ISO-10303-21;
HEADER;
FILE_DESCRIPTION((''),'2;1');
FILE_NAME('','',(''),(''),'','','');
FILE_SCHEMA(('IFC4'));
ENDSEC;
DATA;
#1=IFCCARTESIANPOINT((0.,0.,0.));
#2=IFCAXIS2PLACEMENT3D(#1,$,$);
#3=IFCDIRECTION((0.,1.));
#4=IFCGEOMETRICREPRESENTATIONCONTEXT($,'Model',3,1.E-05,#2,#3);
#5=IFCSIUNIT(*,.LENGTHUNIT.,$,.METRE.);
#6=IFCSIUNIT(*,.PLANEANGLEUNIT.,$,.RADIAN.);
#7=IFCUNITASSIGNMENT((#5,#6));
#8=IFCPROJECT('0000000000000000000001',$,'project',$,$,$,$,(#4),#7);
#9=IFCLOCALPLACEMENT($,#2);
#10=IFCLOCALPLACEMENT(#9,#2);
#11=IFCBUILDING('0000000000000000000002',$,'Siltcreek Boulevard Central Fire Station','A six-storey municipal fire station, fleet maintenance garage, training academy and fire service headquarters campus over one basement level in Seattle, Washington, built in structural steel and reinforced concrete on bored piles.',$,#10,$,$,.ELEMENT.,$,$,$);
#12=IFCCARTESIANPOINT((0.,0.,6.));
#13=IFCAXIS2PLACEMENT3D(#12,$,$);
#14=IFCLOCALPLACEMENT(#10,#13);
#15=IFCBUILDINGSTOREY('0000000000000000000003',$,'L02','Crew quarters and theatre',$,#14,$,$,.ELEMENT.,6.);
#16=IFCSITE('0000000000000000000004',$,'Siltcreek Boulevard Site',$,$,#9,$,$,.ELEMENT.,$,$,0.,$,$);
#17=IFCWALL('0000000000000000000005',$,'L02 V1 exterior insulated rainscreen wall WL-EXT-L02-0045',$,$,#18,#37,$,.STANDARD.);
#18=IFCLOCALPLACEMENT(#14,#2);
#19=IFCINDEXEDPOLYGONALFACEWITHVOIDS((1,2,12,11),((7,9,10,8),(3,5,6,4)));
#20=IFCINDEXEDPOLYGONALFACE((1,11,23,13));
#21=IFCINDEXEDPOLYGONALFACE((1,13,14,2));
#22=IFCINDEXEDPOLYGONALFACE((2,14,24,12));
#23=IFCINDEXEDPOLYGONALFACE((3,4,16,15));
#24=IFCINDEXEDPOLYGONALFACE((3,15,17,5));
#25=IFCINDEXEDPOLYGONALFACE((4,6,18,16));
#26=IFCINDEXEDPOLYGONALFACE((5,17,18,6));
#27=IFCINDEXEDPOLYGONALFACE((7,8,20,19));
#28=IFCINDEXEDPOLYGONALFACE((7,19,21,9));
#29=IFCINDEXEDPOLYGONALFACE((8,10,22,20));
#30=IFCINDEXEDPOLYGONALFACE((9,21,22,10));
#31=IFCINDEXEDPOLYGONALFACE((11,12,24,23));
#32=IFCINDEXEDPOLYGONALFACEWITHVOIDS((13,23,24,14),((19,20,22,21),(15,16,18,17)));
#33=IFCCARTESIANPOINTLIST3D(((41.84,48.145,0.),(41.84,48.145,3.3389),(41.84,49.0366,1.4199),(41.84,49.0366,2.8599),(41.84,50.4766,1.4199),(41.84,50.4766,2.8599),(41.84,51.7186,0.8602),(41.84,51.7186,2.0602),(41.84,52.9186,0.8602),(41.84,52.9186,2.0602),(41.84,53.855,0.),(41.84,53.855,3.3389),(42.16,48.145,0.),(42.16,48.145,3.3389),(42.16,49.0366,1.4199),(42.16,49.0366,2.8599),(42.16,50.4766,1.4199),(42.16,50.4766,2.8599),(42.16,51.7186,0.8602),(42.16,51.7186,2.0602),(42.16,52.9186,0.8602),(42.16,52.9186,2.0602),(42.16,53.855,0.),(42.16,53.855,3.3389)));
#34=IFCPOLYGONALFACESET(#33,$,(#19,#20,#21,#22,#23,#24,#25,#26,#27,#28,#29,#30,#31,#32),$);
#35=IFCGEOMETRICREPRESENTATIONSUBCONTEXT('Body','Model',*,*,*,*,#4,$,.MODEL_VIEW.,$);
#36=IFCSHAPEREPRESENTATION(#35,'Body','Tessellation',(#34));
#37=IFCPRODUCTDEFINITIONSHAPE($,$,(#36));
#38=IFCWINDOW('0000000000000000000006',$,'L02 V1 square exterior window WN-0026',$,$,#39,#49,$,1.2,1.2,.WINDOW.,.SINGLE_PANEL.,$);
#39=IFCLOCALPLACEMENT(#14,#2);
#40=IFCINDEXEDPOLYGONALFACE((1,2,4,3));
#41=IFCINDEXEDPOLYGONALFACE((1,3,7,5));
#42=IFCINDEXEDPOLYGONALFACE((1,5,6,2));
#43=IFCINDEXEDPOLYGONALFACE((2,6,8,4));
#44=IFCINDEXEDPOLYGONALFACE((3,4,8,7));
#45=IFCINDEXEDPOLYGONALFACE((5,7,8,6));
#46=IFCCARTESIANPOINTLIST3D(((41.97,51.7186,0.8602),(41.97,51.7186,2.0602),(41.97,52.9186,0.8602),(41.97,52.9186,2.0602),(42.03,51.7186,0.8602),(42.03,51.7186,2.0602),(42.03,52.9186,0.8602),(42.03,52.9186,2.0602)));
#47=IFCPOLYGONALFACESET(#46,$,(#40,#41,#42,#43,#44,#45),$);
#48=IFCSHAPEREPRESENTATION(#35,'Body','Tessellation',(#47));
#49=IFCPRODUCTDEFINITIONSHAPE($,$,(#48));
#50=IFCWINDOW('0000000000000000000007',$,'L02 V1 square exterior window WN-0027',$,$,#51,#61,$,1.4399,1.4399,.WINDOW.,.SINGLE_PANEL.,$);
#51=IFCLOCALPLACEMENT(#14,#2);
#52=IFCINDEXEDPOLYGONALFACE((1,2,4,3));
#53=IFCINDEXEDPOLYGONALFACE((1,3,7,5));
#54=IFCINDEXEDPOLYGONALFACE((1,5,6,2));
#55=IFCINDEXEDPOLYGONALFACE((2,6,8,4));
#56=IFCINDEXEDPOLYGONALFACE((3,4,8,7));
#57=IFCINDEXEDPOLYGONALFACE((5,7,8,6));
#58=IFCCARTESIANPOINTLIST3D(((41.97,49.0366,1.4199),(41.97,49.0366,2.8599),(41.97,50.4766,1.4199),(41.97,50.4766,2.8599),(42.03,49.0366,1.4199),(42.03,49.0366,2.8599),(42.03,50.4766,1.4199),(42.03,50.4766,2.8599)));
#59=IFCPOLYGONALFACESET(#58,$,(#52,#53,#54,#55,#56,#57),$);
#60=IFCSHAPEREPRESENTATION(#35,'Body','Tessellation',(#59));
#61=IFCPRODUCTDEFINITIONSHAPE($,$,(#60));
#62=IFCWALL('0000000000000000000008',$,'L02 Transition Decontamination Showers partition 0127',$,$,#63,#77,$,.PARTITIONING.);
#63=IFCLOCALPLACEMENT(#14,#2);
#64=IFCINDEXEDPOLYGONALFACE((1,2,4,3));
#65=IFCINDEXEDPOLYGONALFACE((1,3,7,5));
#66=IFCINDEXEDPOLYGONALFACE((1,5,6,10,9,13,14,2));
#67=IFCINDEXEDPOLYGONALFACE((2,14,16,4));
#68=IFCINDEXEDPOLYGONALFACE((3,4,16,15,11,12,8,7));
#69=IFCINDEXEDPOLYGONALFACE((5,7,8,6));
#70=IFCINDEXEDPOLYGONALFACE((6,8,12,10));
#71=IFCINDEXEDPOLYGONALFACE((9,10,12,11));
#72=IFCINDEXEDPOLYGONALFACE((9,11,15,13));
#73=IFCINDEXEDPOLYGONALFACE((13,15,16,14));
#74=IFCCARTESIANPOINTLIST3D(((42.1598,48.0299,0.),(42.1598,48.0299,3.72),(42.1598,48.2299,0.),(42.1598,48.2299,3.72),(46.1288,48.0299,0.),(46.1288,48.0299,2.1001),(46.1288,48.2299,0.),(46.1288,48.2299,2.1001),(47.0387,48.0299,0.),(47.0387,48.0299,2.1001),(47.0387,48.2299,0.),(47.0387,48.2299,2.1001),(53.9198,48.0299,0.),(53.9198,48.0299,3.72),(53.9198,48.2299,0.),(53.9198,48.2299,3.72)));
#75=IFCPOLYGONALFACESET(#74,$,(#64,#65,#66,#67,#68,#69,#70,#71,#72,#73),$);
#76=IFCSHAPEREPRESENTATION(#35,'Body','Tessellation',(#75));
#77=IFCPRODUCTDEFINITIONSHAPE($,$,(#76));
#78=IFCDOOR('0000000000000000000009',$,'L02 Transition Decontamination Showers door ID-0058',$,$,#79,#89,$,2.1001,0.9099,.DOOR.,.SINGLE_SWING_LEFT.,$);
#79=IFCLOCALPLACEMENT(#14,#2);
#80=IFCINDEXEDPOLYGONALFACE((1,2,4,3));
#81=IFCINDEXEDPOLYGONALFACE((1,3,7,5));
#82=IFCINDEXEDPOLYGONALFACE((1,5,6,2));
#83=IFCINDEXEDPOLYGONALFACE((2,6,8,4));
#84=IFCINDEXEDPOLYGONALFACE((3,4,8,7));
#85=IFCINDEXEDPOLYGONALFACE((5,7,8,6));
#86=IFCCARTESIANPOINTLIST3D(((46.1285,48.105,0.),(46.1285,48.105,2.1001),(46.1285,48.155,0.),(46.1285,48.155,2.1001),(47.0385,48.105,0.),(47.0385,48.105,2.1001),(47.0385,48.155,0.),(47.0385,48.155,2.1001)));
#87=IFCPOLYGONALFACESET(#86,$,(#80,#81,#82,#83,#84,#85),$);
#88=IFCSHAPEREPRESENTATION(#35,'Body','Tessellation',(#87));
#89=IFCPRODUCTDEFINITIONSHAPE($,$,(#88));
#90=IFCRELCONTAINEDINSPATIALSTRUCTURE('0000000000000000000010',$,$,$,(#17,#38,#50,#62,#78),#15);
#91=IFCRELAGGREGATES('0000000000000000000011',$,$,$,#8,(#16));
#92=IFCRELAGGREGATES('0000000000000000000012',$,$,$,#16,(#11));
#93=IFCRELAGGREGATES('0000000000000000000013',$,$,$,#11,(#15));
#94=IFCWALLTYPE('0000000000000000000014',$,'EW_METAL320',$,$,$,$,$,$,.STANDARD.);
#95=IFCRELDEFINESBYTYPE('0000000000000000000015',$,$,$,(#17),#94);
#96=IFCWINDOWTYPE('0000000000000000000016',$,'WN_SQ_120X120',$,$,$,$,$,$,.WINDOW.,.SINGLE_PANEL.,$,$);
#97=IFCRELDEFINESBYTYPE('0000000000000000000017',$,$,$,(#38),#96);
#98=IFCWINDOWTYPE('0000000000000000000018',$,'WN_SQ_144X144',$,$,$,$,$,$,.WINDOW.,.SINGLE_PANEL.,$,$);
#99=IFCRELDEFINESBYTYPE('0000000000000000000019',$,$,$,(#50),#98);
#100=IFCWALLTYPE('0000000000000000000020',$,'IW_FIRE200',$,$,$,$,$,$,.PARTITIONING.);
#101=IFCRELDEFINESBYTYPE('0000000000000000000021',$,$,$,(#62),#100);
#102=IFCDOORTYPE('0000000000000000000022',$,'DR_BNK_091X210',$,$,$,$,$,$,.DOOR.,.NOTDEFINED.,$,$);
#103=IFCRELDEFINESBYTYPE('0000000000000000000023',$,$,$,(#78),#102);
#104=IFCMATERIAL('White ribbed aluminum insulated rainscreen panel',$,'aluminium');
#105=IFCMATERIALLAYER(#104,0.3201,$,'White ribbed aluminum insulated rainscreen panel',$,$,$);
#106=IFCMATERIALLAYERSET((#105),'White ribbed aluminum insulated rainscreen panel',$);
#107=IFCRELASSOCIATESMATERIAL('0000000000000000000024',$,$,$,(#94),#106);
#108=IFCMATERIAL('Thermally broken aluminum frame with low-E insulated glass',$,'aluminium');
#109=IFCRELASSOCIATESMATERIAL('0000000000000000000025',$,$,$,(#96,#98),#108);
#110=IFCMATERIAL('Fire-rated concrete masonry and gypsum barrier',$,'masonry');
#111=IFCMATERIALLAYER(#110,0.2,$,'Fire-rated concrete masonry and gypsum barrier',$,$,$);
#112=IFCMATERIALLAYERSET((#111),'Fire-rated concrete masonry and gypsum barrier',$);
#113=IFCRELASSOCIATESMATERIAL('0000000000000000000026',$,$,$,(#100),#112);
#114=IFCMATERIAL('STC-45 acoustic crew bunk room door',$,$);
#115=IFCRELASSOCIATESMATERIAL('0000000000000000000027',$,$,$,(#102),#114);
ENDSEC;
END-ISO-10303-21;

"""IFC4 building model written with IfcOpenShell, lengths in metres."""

from ifc_helpers import new_model, si_unit, direction, frame, frame_2d, origin, place, context, subcontext, project, spatial, rectangle, extrude, material, layer, layer_set, type_object, element, fill, save


model = new_model("IFC4")

# Units and contexts
model_context = context("Model", 3, precision=1e-05, world=origin(), true_north=direction((0.0, 1.0)))
body_context = subcontext(model_context, "Body", "Model", "MODEL_VIEW")
ifc_project = project(units=[si_unit("LENGTHUNIT", "METRE"), si_unit("PLANEANGLEUNIT", "RADIAN")], contexts=[model_context])

# Site, building, storey
site_placement = place(None, origin())
site = spatial("IfcSite", under=ifc_project, at=site_placement, Name="Siltcreek Boulevard Site", CompositionType="ELEMENT", RefElevation=0.0)
building_placement = place(site_placement, origin())
building = spatial("IfcBuilding", under=site, at=building_placement, Name="Siltcreek Boulevard Central Fire Station", Description="A six-storey municipal fire station, fleet maintenance garage, training academy and fire service headquarters campus over one basement level in Seattle, Washington, built in structural steel and reinforced concrete on bored piles.", CompositionType="ELEMENT")
storey_placement = place(building_placement, frame((0.0, 0.0, 6.0)))
storey = spatial("IfcBuildingStorey", under=building, at=storey_placement, Name="L02", Description="Crew quarters and theatre", CompositionType="ELEMENT", Elevation=6.0)

# Wall, openings, windows
ifc_material_1 = material(Name="White ribbed aluminum insulated rainscreen panel", Category="aluminium")
ifc_layer_1 = layer(ifc_material_1, 0.3201, Name="White ribbed aluminum insulated rainscreen panel")
ifc_layer_set_1 = layer_set([ifc_layer_1], Name="White ribbed aluminum insulated rainscreen panel")
wall_type_1 = type_object("IfcWallType", Name="EW_METAL320", PredefinedType="STANDARD", material=ifc_layer_set_1)
ifc_material_2 = material(Name="Thermally broken aluminum frame with low-E insulated glass", Category="aluminium")
wall_1_placement = place(storey_placement, frame((42.0, 53.855, 0.0), z_axis=(0.0, 0.0, 1.0), x_axis=(0.0, -1.0, 0.0)))
wall_1 = element("IfcWall", 1, at=wall_1_placement, inside=storey, type_object=wall_type_1, Name="L02 V1 exterior insulated rainscreen wall WL-EXT-L02-0045", PredefinedType="STANDARD", context=body_context, shape_type="SweptSolid", body=[
    extrude(rectangle(XDim=5.71, YDim=0.3201, at=frame_2d((2.855, 0.0))), origin(), (0.0, 0.0, 1.0), 3.3389),
])
opening_1_placement = place(wall_1_placement, frame((0.9363, 0.0, 0.8601)))
opening_1 = element("IfcOpeningElement", 2, at=opening_1_placement, cuts=wall_1, PredefinedType="OPENING", context=body_context, shape_type="SweptSolid", body=[
    extrude(rectangle(XDim=1.2, YDim=1.2, at=frame_2d((0.6001, 0.6001))), frame((0.0, 0.1699, 0.0), z_axis=(0.0, -1.0, 0.0), x_axis=(1.0, 0.0, 0.0)), (0.0, 0.0, 1.0), 0.3401),
])
opening_2_placement = place(wall_1_placement, frame((3.3784, 0.0, 1.4199)))
opening_2 = element("IfcOpeningElement", 3, at=opening_2_placement, cuts=wall_1, PredefinedType="OPENING", context=body_context, shape_type="SweptSolid", body=[
    extrude(rectangle(XDim=1.4399, YDim=1.4399, at=frame_2d((0.72, 0.72))), frame((0.0, 0.1699, 0.0), z_axis=(0.0, -1.0, 0.0), x_axis=(1.0, 0.0, 0.0)), (0.0, 0.0, 1.0), 0.3401),
])
window_type_1 = type_object("IfcWindowType", Name="WN_SQ_120X120", PartitioningType="SINGLE_PANEL", PredefinedType="WINDOW", material=ifc_material_2)
window_1_placement = place(opening_1_placement, origin())
window_1 = element("IfcWindow", 4, at=window_1_placement, inside=storey, type_object=window_type_1, Name="L02 V1 square exterior window WN-0026", OverallHeight=1.2, OverallWidth=1.2, PartitioningType="SINGLE_PANEL", PredefinedType="WINDOW", context=body_context, shape_type="SweptSolid", body=[
    extrude(rectangle(XDim=1.2, YDim=1.2, at=frame_2d((0.6001, 0.6001))), frame((0.0, 0.03, 0.0), z_axis=(0.0, -1.0, 0.0), x_axis=(1.0, 0.0, 0.0)), (0.0, 0.0, 1.0), 0.0601),
])
fill(opening_1, window_1)
window_type_2 = type_object("IfcWindowType", Name="WN_SQ_144X144", PartitioningType="SINGLE_PANEL", PredefinedType="WINDOW", material=ifc_material_2)
window_2_placement = place(opening_2_placement, origin())
window_2 = element("IfcWindow", 5, at=window_2_placement, inside=storey, type_object=window_type_2, Name="L02 V1 square exterior window WN-0027", OverallHeight=1.4399, OverallWidth=1.4399, PartitioningType="SINGLE_PANEL", PredefinedType="WINDOW", context=body_context, shape_type="SweptSolid", body=[
    extrude(rectangle(XDim=1.4399, YDim=1.4399, at=frame_2d((0.72, 0.72))), frame((0.0, 0.03, 0.0), z_axis=(0.0, -1.0, 0.0), x_axis=(1.0, 0.0, 0.0)), (0.0, 0.0, 1.0), 0.0601),
])
fill(opening_2, window_2)

# Wall, opening, door
ifc_material_3 = material(Name="Fire-rated concrete masonry and gypsum barrier", Category="masonry")
ifc_layer_2 = layer(ifc_material_3, 0.2, Name="Fire-rated concrete masonry and gypsum barrier")
ifc_layer_set_2 = layer_set([ifc_layer_2], Name="Fire-rated concrete masonry and gypsum barrier")
wall_type_2 = type_object("IfcWallType", Name="IW_FIRE200", PredefinedType="PARTITIONING", material=ifc_layer_set_2)
wall_2_placement = place(storey_placement, frame((42.1599, 48.1299, 0.0), z_axis=(0.0, 0.0, 1.0), x_axis=(1.0, 0.0, 0.0)))
wall_2 = element("IfcWall", 6, at=wall_2_placement, inside=storey, type_object=wall_type_2, Name="L02 Transition Decontamination Showers partition 0127", PredefinedType="PARTITIONING", context=body_context, shape_type="SweptSolid", body=[
    extrude(rectangle(XDim=11.76, YDim=0.2, at=frame_2d((5.8799, 0.0))), origin(), (0.0, 0.0, 1.0), 3.72),
])
opening_3_placement = place(wall_2_placement, frame((3.9688, 0.0, 0.0)))
opening_3 = element("IfcOpeningElement", 7, at=opening_3_placement, cuts=wall_2, PredefinedType="OPENING", context=body_context, shape_type="SweptSolid", body=[
    extrude(rectangle(XDim=0.9099, YDim=2.1001, at=frame_2d((0.4551, 1.05))), frame((0.0, 0.1099, 0.0), z_axis=(0.0, -1.0, 0.0), x_axis=(1.0, 0.0, 0.0)), (0.0, 0.0, 1.0), 0.22),
])
ifc_material_4 = material(Name="STC-45 acoustic crew bunk room door")
door_type_1 = type_object("IfcDoorType", Name="DR_BNK_091X210", OperationType="NOTDEFINED", PredefinedType="DOOR", material=ifc_material_4)
door_1_placement = place(opening_3_placement, frame((0.9099, 0.0, 0.0), z_axis=(0.0, 0.0, 1.0), x_axis=(-1.0, 0.0, 0.0)))
door_1 = element("IfcDoor", 8, at=door_1_placement, inside=storey, type_object=door_type_1, Name="L02 Transition Decontamination Showers door ID-0058", OperationType="SINGLE_SWING_LEFT", OverallHeight=2.1001, OverallWidth=0.9099, PredefinedType="DOOR", context=body_context, shape_type="SweptSolid", body=[
    extrude(rectangle(XDim=0.9099, YDim=2.1001, at=frame_2d((0.4551, 1.05))), frame((0.0, 0.0249, 0.0), z_axis=(0.0, -1.0, 0.0), x_axis=(1.0, 0.0, 0.0)), (0.0, 0.0, 1.0), 0.05),
])
fill(opening_3, door_1)

save(model, "model.ifc")
